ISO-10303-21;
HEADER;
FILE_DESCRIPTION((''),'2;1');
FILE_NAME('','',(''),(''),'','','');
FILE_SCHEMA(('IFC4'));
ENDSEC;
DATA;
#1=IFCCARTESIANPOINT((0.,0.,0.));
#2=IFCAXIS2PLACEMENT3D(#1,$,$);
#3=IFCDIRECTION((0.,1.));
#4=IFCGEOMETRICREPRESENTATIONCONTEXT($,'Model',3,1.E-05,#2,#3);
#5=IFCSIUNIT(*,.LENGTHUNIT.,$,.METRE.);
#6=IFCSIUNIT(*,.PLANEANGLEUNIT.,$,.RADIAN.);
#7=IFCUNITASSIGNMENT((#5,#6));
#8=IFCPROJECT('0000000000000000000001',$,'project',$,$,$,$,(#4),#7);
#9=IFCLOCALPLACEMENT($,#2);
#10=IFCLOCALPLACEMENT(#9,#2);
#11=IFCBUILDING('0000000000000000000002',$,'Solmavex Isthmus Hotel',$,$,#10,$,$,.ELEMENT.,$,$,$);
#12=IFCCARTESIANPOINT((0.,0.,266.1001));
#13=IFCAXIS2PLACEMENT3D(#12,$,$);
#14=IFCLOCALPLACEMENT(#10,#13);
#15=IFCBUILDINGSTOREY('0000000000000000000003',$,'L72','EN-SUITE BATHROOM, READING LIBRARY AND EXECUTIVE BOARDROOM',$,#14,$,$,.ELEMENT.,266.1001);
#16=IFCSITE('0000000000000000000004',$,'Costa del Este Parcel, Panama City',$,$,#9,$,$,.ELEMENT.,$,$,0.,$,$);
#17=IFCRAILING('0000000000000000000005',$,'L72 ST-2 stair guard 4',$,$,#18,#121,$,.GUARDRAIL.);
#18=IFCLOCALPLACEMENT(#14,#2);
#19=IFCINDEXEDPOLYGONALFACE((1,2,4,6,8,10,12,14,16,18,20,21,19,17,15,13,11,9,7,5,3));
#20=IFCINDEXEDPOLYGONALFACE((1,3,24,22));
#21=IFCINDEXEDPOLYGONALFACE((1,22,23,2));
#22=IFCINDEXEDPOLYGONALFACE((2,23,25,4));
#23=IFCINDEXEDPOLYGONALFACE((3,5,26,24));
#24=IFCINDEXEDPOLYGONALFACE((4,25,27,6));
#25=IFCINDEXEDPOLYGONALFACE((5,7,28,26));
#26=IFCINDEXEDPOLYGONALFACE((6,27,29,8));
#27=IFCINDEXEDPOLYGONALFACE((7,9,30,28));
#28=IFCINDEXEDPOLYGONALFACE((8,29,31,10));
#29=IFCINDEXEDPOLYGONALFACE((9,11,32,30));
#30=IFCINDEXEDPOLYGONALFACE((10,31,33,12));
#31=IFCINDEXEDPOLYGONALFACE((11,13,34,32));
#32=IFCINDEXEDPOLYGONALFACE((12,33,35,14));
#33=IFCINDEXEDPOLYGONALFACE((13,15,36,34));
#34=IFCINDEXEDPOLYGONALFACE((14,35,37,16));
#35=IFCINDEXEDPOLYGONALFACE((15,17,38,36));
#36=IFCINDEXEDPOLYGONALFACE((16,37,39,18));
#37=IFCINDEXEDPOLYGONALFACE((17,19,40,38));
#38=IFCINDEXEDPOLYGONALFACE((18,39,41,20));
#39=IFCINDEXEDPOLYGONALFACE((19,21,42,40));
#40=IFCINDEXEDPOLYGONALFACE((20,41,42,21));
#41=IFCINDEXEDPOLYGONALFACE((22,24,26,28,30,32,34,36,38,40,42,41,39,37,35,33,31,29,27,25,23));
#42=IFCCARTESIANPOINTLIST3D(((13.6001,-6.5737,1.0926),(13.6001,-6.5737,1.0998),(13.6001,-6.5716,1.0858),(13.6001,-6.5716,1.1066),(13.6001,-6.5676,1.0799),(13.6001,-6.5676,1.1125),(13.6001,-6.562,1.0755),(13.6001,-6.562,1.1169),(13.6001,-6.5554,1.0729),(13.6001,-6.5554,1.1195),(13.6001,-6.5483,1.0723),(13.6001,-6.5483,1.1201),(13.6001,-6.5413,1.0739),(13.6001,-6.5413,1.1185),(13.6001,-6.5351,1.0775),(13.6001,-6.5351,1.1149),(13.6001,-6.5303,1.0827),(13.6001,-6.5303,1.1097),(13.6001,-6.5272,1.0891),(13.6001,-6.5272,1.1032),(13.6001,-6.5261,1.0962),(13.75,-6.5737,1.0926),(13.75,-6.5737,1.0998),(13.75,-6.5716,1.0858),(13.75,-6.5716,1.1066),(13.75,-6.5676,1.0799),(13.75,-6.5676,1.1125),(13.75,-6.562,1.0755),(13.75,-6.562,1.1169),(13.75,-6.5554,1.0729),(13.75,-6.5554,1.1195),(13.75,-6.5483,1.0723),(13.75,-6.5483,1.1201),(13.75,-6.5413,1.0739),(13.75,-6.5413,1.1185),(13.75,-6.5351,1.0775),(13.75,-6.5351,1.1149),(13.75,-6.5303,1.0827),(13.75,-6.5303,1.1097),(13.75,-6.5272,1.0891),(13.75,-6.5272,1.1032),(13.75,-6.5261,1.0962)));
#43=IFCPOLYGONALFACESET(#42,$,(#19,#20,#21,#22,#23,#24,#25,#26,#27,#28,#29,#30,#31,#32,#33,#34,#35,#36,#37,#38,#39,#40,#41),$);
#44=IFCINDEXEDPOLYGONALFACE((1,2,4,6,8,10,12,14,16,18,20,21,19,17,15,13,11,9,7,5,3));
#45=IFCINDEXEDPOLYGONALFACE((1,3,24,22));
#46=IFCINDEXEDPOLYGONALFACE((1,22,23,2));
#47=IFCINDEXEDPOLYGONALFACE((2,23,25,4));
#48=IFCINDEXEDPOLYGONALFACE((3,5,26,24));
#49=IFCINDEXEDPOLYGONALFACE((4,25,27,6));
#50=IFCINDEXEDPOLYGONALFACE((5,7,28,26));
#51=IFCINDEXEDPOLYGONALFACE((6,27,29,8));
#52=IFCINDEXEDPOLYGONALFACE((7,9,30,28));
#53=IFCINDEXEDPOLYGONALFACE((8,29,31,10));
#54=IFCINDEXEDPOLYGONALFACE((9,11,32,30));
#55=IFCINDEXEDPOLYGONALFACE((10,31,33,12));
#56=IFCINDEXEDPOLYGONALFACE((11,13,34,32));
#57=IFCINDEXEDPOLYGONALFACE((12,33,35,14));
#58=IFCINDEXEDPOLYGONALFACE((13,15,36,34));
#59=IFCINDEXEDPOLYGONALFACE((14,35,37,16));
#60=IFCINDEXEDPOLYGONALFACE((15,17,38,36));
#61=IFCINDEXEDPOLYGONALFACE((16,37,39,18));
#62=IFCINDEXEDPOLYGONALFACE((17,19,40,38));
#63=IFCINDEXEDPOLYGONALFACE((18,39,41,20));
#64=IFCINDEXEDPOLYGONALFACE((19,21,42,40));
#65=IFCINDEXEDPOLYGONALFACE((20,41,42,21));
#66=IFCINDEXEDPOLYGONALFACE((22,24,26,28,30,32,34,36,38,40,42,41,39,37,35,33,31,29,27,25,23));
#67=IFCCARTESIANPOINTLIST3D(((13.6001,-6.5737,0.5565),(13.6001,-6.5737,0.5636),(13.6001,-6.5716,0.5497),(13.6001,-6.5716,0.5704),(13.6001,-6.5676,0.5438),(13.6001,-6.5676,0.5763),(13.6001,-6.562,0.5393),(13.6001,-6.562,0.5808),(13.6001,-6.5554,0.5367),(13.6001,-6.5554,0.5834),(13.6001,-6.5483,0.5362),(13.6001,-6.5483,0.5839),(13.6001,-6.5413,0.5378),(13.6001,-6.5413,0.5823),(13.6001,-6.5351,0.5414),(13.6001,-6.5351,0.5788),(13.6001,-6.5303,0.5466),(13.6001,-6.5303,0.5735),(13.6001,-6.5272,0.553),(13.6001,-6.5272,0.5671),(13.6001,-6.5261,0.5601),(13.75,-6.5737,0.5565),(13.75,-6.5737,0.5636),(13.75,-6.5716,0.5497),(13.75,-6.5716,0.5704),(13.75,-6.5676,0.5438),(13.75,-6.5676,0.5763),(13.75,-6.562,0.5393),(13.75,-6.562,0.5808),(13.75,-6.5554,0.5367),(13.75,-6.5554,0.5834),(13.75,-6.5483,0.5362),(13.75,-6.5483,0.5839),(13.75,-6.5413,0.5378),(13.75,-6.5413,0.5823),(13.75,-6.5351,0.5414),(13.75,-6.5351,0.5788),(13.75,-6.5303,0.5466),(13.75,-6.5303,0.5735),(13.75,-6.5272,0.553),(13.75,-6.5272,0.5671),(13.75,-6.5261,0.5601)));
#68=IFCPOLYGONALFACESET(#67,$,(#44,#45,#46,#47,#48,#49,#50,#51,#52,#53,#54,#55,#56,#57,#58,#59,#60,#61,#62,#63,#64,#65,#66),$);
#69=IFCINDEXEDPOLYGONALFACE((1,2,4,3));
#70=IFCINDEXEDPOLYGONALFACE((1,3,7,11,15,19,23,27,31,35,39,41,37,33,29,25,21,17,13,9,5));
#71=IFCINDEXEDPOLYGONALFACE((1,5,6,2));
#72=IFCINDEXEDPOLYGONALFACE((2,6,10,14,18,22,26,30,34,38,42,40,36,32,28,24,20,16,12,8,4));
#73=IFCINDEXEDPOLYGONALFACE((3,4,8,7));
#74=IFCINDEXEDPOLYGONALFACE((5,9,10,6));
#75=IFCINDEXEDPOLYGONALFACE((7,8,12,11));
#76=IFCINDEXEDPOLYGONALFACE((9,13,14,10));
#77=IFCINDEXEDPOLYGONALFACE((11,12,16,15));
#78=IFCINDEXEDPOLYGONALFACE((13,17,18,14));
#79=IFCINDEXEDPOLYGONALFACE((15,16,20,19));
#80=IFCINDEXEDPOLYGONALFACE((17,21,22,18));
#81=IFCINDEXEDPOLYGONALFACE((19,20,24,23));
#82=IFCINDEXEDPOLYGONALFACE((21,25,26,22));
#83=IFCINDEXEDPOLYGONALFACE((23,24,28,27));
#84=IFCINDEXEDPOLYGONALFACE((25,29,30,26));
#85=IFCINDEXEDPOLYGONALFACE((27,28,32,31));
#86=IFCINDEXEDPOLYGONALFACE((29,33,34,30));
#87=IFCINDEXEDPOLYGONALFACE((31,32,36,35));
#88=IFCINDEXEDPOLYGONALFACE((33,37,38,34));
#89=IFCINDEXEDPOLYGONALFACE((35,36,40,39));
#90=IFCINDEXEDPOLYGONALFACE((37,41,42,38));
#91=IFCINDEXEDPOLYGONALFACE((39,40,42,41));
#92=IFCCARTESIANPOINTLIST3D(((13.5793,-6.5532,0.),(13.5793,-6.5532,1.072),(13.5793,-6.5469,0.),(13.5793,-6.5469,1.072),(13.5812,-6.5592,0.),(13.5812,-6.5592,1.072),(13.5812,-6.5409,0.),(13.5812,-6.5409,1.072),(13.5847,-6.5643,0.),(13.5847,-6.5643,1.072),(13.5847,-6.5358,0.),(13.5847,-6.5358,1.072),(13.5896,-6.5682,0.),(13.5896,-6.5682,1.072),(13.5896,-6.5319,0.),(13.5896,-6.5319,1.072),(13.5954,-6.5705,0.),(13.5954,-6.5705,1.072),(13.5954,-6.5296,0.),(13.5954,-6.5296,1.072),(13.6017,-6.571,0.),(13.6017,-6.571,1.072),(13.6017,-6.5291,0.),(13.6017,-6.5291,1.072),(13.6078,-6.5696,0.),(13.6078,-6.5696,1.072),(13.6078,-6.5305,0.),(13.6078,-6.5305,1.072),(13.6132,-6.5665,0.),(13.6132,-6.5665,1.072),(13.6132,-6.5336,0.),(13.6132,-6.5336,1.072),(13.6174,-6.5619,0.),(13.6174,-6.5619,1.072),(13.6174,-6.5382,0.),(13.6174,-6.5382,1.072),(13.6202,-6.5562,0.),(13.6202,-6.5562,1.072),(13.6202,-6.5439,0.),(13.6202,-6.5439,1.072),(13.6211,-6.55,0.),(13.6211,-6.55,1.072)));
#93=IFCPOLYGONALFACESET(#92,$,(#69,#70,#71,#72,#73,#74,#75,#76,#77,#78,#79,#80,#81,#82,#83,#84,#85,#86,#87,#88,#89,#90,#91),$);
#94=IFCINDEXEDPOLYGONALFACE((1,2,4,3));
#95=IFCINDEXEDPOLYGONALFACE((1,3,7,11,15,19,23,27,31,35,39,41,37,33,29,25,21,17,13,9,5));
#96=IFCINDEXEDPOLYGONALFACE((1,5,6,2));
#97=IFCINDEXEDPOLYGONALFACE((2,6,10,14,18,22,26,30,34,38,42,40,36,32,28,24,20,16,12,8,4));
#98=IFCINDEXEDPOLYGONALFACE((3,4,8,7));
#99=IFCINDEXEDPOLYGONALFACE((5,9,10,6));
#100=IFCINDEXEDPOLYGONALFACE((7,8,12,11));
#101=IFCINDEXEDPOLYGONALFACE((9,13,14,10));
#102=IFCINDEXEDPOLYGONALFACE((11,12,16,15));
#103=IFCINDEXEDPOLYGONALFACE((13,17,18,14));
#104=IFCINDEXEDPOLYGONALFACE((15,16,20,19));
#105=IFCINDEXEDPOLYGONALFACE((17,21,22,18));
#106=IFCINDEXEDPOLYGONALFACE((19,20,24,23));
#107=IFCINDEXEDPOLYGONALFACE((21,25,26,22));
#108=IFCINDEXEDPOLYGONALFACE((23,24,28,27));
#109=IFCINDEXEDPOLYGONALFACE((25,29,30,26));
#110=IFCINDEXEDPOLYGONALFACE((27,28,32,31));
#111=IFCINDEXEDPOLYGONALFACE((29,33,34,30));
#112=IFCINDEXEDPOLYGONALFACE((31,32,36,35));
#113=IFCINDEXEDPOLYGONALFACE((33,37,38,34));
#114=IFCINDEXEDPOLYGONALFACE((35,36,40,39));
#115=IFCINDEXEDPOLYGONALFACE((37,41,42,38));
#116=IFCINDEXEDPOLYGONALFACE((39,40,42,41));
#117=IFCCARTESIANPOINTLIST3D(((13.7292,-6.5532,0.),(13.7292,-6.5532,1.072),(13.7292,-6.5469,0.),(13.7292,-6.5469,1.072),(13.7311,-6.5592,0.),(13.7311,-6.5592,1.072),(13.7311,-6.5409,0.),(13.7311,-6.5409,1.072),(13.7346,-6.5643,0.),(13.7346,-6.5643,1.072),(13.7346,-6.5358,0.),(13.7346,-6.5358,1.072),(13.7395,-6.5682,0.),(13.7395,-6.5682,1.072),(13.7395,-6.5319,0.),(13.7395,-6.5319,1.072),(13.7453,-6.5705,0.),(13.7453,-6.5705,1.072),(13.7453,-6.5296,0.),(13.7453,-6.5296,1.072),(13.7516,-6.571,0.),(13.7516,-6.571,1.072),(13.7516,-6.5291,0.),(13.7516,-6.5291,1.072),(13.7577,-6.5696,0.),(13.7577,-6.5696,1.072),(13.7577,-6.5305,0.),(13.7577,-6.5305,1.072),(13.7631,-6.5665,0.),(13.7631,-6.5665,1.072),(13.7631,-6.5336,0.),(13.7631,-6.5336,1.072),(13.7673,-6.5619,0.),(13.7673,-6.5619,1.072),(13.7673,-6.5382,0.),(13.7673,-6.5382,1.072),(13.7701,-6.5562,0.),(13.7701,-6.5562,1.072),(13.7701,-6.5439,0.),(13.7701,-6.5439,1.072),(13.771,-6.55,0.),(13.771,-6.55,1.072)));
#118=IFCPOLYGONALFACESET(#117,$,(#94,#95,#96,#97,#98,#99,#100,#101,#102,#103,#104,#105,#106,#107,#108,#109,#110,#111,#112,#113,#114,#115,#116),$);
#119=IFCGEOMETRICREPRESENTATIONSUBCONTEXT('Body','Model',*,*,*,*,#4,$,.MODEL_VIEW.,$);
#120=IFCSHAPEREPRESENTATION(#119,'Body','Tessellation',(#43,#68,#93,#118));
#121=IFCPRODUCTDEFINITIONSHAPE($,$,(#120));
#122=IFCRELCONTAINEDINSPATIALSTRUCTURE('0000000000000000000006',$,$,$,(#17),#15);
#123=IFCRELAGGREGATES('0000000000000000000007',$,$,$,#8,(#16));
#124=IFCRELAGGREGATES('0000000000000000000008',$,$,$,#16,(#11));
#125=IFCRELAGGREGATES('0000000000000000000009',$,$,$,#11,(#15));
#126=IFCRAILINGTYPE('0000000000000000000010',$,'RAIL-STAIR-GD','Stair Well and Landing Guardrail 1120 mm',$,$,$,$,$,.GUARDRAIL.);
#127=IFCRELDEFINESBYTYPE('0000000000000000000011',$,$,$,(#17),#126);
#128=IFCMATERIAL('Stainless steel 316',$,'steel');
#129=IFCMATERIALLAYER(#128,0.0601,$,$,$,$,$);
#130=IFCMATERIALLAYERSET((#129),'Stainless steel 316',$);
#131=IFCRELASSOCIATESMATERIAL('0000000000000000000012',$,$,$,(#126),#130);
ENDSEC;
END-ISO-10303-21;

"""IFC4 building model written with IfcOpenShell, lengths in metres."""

from ifc_helpers import new_model, si_unit, direction, frame, origin, origin_2d, place, context, subcontext, project, spatial, circle, extrude, material, layer, layer_set, type_object, element, save


model = new_model("IFC4")

# Units and contexts
model_context = context("Model", 3, precision=1e-05, world=origin(), true_north=direction((0.0, 1.0)))
body_context = subcontext(model_context, "Body", "Model", "MODEL_VIEW")
ifc_project = project(units=[si_unit("LENGTHUNIT", "METRE"), si_unit("PLANEANGLEUNIT", "RADIAN")], contexts=[model_context])

# Site, building, storey
site_placement = place(None, origin())
site = spatial("IfcSite", under=ifc_project, at=site_placement, Name="Costa del Este Parcel, Panama City", CompositionType="ELEMENT", RefElevation=0.0)
building_placement = place(site_placement, origin())
building = spatial("IfcBuilding", under=site, at=building_placement, Name="Solmavex Isthmus Hotel", CompositionType="ELEMENT")
storey_placement = place(building_placement, frame((0.0, 0.0, 266.1001)))
storey = spatial("IfcBuildingStorey", under=building, at=storey_placement, Name="L72", Description="EN-SUITE BATHROOM, READING LIBRARY AND EXECUTIVE BOARDROOM", CompositionType="ELEMENT", Elevation=266.1001)

# Railing
ifc_material_1 = material(Name="Stainless steel 316", Category="steel")
ifc_layer_1 = layer(ifc_material_1, 0.0601)
ifc_layer_set_1 = layer_set([ifc_layer_1], Name="Stainless steel 316")
railing_type_1 = type_object("IfcRailingType", Name="RAIL-STAIR-GD", Description="Stair Well and Landing Guardrail 1120 mm", PredefinedType="GUARDRAIL", material=ifc_layer_set_1)
railing_1_placement = place(storey_placement, frame((13.6001, -6.55, 0.0)))
element("IfcRailing", 1, at=railing_1_placement, inside=storey, type_object=railing_type_1, Name="L72 ST-2 stair guard 4", PredefinedType="GUARDRAIL", context=body_context, shape_type="SweptSolid", body=[
    extrude(circle(Radius=0.0239, at=origin_2d()), frame((0.0, 0.0, 1.0962), z_axis=(1.0, 0.0, 0.0), x_axis=(0.0, 1.0, 0.0)), (0.0, 0.0, 1.0), 0.1499),
    extrude(circle(Radius=0.0239, at=origin_2d()), frame((0.0, 0.0, 0.5601), z_axis=(1.0, 0.0, 0.0), x_axis=(0.0, 1.0, 0.0)), (0.0, 0.0, 1.0), 0.1499),
    extrude(circle(Radius=0.021, at=origin_2d()), origin(), (0.0, 0.0, 1.0), 1.072),
    extrude(circle(Radius=0.021, at=origin_2d()), frame((0.1499, 0.0, 0.0)), (0.0, 0.0, 1.0), 1.072),
])

save(model, "model.ifc")
